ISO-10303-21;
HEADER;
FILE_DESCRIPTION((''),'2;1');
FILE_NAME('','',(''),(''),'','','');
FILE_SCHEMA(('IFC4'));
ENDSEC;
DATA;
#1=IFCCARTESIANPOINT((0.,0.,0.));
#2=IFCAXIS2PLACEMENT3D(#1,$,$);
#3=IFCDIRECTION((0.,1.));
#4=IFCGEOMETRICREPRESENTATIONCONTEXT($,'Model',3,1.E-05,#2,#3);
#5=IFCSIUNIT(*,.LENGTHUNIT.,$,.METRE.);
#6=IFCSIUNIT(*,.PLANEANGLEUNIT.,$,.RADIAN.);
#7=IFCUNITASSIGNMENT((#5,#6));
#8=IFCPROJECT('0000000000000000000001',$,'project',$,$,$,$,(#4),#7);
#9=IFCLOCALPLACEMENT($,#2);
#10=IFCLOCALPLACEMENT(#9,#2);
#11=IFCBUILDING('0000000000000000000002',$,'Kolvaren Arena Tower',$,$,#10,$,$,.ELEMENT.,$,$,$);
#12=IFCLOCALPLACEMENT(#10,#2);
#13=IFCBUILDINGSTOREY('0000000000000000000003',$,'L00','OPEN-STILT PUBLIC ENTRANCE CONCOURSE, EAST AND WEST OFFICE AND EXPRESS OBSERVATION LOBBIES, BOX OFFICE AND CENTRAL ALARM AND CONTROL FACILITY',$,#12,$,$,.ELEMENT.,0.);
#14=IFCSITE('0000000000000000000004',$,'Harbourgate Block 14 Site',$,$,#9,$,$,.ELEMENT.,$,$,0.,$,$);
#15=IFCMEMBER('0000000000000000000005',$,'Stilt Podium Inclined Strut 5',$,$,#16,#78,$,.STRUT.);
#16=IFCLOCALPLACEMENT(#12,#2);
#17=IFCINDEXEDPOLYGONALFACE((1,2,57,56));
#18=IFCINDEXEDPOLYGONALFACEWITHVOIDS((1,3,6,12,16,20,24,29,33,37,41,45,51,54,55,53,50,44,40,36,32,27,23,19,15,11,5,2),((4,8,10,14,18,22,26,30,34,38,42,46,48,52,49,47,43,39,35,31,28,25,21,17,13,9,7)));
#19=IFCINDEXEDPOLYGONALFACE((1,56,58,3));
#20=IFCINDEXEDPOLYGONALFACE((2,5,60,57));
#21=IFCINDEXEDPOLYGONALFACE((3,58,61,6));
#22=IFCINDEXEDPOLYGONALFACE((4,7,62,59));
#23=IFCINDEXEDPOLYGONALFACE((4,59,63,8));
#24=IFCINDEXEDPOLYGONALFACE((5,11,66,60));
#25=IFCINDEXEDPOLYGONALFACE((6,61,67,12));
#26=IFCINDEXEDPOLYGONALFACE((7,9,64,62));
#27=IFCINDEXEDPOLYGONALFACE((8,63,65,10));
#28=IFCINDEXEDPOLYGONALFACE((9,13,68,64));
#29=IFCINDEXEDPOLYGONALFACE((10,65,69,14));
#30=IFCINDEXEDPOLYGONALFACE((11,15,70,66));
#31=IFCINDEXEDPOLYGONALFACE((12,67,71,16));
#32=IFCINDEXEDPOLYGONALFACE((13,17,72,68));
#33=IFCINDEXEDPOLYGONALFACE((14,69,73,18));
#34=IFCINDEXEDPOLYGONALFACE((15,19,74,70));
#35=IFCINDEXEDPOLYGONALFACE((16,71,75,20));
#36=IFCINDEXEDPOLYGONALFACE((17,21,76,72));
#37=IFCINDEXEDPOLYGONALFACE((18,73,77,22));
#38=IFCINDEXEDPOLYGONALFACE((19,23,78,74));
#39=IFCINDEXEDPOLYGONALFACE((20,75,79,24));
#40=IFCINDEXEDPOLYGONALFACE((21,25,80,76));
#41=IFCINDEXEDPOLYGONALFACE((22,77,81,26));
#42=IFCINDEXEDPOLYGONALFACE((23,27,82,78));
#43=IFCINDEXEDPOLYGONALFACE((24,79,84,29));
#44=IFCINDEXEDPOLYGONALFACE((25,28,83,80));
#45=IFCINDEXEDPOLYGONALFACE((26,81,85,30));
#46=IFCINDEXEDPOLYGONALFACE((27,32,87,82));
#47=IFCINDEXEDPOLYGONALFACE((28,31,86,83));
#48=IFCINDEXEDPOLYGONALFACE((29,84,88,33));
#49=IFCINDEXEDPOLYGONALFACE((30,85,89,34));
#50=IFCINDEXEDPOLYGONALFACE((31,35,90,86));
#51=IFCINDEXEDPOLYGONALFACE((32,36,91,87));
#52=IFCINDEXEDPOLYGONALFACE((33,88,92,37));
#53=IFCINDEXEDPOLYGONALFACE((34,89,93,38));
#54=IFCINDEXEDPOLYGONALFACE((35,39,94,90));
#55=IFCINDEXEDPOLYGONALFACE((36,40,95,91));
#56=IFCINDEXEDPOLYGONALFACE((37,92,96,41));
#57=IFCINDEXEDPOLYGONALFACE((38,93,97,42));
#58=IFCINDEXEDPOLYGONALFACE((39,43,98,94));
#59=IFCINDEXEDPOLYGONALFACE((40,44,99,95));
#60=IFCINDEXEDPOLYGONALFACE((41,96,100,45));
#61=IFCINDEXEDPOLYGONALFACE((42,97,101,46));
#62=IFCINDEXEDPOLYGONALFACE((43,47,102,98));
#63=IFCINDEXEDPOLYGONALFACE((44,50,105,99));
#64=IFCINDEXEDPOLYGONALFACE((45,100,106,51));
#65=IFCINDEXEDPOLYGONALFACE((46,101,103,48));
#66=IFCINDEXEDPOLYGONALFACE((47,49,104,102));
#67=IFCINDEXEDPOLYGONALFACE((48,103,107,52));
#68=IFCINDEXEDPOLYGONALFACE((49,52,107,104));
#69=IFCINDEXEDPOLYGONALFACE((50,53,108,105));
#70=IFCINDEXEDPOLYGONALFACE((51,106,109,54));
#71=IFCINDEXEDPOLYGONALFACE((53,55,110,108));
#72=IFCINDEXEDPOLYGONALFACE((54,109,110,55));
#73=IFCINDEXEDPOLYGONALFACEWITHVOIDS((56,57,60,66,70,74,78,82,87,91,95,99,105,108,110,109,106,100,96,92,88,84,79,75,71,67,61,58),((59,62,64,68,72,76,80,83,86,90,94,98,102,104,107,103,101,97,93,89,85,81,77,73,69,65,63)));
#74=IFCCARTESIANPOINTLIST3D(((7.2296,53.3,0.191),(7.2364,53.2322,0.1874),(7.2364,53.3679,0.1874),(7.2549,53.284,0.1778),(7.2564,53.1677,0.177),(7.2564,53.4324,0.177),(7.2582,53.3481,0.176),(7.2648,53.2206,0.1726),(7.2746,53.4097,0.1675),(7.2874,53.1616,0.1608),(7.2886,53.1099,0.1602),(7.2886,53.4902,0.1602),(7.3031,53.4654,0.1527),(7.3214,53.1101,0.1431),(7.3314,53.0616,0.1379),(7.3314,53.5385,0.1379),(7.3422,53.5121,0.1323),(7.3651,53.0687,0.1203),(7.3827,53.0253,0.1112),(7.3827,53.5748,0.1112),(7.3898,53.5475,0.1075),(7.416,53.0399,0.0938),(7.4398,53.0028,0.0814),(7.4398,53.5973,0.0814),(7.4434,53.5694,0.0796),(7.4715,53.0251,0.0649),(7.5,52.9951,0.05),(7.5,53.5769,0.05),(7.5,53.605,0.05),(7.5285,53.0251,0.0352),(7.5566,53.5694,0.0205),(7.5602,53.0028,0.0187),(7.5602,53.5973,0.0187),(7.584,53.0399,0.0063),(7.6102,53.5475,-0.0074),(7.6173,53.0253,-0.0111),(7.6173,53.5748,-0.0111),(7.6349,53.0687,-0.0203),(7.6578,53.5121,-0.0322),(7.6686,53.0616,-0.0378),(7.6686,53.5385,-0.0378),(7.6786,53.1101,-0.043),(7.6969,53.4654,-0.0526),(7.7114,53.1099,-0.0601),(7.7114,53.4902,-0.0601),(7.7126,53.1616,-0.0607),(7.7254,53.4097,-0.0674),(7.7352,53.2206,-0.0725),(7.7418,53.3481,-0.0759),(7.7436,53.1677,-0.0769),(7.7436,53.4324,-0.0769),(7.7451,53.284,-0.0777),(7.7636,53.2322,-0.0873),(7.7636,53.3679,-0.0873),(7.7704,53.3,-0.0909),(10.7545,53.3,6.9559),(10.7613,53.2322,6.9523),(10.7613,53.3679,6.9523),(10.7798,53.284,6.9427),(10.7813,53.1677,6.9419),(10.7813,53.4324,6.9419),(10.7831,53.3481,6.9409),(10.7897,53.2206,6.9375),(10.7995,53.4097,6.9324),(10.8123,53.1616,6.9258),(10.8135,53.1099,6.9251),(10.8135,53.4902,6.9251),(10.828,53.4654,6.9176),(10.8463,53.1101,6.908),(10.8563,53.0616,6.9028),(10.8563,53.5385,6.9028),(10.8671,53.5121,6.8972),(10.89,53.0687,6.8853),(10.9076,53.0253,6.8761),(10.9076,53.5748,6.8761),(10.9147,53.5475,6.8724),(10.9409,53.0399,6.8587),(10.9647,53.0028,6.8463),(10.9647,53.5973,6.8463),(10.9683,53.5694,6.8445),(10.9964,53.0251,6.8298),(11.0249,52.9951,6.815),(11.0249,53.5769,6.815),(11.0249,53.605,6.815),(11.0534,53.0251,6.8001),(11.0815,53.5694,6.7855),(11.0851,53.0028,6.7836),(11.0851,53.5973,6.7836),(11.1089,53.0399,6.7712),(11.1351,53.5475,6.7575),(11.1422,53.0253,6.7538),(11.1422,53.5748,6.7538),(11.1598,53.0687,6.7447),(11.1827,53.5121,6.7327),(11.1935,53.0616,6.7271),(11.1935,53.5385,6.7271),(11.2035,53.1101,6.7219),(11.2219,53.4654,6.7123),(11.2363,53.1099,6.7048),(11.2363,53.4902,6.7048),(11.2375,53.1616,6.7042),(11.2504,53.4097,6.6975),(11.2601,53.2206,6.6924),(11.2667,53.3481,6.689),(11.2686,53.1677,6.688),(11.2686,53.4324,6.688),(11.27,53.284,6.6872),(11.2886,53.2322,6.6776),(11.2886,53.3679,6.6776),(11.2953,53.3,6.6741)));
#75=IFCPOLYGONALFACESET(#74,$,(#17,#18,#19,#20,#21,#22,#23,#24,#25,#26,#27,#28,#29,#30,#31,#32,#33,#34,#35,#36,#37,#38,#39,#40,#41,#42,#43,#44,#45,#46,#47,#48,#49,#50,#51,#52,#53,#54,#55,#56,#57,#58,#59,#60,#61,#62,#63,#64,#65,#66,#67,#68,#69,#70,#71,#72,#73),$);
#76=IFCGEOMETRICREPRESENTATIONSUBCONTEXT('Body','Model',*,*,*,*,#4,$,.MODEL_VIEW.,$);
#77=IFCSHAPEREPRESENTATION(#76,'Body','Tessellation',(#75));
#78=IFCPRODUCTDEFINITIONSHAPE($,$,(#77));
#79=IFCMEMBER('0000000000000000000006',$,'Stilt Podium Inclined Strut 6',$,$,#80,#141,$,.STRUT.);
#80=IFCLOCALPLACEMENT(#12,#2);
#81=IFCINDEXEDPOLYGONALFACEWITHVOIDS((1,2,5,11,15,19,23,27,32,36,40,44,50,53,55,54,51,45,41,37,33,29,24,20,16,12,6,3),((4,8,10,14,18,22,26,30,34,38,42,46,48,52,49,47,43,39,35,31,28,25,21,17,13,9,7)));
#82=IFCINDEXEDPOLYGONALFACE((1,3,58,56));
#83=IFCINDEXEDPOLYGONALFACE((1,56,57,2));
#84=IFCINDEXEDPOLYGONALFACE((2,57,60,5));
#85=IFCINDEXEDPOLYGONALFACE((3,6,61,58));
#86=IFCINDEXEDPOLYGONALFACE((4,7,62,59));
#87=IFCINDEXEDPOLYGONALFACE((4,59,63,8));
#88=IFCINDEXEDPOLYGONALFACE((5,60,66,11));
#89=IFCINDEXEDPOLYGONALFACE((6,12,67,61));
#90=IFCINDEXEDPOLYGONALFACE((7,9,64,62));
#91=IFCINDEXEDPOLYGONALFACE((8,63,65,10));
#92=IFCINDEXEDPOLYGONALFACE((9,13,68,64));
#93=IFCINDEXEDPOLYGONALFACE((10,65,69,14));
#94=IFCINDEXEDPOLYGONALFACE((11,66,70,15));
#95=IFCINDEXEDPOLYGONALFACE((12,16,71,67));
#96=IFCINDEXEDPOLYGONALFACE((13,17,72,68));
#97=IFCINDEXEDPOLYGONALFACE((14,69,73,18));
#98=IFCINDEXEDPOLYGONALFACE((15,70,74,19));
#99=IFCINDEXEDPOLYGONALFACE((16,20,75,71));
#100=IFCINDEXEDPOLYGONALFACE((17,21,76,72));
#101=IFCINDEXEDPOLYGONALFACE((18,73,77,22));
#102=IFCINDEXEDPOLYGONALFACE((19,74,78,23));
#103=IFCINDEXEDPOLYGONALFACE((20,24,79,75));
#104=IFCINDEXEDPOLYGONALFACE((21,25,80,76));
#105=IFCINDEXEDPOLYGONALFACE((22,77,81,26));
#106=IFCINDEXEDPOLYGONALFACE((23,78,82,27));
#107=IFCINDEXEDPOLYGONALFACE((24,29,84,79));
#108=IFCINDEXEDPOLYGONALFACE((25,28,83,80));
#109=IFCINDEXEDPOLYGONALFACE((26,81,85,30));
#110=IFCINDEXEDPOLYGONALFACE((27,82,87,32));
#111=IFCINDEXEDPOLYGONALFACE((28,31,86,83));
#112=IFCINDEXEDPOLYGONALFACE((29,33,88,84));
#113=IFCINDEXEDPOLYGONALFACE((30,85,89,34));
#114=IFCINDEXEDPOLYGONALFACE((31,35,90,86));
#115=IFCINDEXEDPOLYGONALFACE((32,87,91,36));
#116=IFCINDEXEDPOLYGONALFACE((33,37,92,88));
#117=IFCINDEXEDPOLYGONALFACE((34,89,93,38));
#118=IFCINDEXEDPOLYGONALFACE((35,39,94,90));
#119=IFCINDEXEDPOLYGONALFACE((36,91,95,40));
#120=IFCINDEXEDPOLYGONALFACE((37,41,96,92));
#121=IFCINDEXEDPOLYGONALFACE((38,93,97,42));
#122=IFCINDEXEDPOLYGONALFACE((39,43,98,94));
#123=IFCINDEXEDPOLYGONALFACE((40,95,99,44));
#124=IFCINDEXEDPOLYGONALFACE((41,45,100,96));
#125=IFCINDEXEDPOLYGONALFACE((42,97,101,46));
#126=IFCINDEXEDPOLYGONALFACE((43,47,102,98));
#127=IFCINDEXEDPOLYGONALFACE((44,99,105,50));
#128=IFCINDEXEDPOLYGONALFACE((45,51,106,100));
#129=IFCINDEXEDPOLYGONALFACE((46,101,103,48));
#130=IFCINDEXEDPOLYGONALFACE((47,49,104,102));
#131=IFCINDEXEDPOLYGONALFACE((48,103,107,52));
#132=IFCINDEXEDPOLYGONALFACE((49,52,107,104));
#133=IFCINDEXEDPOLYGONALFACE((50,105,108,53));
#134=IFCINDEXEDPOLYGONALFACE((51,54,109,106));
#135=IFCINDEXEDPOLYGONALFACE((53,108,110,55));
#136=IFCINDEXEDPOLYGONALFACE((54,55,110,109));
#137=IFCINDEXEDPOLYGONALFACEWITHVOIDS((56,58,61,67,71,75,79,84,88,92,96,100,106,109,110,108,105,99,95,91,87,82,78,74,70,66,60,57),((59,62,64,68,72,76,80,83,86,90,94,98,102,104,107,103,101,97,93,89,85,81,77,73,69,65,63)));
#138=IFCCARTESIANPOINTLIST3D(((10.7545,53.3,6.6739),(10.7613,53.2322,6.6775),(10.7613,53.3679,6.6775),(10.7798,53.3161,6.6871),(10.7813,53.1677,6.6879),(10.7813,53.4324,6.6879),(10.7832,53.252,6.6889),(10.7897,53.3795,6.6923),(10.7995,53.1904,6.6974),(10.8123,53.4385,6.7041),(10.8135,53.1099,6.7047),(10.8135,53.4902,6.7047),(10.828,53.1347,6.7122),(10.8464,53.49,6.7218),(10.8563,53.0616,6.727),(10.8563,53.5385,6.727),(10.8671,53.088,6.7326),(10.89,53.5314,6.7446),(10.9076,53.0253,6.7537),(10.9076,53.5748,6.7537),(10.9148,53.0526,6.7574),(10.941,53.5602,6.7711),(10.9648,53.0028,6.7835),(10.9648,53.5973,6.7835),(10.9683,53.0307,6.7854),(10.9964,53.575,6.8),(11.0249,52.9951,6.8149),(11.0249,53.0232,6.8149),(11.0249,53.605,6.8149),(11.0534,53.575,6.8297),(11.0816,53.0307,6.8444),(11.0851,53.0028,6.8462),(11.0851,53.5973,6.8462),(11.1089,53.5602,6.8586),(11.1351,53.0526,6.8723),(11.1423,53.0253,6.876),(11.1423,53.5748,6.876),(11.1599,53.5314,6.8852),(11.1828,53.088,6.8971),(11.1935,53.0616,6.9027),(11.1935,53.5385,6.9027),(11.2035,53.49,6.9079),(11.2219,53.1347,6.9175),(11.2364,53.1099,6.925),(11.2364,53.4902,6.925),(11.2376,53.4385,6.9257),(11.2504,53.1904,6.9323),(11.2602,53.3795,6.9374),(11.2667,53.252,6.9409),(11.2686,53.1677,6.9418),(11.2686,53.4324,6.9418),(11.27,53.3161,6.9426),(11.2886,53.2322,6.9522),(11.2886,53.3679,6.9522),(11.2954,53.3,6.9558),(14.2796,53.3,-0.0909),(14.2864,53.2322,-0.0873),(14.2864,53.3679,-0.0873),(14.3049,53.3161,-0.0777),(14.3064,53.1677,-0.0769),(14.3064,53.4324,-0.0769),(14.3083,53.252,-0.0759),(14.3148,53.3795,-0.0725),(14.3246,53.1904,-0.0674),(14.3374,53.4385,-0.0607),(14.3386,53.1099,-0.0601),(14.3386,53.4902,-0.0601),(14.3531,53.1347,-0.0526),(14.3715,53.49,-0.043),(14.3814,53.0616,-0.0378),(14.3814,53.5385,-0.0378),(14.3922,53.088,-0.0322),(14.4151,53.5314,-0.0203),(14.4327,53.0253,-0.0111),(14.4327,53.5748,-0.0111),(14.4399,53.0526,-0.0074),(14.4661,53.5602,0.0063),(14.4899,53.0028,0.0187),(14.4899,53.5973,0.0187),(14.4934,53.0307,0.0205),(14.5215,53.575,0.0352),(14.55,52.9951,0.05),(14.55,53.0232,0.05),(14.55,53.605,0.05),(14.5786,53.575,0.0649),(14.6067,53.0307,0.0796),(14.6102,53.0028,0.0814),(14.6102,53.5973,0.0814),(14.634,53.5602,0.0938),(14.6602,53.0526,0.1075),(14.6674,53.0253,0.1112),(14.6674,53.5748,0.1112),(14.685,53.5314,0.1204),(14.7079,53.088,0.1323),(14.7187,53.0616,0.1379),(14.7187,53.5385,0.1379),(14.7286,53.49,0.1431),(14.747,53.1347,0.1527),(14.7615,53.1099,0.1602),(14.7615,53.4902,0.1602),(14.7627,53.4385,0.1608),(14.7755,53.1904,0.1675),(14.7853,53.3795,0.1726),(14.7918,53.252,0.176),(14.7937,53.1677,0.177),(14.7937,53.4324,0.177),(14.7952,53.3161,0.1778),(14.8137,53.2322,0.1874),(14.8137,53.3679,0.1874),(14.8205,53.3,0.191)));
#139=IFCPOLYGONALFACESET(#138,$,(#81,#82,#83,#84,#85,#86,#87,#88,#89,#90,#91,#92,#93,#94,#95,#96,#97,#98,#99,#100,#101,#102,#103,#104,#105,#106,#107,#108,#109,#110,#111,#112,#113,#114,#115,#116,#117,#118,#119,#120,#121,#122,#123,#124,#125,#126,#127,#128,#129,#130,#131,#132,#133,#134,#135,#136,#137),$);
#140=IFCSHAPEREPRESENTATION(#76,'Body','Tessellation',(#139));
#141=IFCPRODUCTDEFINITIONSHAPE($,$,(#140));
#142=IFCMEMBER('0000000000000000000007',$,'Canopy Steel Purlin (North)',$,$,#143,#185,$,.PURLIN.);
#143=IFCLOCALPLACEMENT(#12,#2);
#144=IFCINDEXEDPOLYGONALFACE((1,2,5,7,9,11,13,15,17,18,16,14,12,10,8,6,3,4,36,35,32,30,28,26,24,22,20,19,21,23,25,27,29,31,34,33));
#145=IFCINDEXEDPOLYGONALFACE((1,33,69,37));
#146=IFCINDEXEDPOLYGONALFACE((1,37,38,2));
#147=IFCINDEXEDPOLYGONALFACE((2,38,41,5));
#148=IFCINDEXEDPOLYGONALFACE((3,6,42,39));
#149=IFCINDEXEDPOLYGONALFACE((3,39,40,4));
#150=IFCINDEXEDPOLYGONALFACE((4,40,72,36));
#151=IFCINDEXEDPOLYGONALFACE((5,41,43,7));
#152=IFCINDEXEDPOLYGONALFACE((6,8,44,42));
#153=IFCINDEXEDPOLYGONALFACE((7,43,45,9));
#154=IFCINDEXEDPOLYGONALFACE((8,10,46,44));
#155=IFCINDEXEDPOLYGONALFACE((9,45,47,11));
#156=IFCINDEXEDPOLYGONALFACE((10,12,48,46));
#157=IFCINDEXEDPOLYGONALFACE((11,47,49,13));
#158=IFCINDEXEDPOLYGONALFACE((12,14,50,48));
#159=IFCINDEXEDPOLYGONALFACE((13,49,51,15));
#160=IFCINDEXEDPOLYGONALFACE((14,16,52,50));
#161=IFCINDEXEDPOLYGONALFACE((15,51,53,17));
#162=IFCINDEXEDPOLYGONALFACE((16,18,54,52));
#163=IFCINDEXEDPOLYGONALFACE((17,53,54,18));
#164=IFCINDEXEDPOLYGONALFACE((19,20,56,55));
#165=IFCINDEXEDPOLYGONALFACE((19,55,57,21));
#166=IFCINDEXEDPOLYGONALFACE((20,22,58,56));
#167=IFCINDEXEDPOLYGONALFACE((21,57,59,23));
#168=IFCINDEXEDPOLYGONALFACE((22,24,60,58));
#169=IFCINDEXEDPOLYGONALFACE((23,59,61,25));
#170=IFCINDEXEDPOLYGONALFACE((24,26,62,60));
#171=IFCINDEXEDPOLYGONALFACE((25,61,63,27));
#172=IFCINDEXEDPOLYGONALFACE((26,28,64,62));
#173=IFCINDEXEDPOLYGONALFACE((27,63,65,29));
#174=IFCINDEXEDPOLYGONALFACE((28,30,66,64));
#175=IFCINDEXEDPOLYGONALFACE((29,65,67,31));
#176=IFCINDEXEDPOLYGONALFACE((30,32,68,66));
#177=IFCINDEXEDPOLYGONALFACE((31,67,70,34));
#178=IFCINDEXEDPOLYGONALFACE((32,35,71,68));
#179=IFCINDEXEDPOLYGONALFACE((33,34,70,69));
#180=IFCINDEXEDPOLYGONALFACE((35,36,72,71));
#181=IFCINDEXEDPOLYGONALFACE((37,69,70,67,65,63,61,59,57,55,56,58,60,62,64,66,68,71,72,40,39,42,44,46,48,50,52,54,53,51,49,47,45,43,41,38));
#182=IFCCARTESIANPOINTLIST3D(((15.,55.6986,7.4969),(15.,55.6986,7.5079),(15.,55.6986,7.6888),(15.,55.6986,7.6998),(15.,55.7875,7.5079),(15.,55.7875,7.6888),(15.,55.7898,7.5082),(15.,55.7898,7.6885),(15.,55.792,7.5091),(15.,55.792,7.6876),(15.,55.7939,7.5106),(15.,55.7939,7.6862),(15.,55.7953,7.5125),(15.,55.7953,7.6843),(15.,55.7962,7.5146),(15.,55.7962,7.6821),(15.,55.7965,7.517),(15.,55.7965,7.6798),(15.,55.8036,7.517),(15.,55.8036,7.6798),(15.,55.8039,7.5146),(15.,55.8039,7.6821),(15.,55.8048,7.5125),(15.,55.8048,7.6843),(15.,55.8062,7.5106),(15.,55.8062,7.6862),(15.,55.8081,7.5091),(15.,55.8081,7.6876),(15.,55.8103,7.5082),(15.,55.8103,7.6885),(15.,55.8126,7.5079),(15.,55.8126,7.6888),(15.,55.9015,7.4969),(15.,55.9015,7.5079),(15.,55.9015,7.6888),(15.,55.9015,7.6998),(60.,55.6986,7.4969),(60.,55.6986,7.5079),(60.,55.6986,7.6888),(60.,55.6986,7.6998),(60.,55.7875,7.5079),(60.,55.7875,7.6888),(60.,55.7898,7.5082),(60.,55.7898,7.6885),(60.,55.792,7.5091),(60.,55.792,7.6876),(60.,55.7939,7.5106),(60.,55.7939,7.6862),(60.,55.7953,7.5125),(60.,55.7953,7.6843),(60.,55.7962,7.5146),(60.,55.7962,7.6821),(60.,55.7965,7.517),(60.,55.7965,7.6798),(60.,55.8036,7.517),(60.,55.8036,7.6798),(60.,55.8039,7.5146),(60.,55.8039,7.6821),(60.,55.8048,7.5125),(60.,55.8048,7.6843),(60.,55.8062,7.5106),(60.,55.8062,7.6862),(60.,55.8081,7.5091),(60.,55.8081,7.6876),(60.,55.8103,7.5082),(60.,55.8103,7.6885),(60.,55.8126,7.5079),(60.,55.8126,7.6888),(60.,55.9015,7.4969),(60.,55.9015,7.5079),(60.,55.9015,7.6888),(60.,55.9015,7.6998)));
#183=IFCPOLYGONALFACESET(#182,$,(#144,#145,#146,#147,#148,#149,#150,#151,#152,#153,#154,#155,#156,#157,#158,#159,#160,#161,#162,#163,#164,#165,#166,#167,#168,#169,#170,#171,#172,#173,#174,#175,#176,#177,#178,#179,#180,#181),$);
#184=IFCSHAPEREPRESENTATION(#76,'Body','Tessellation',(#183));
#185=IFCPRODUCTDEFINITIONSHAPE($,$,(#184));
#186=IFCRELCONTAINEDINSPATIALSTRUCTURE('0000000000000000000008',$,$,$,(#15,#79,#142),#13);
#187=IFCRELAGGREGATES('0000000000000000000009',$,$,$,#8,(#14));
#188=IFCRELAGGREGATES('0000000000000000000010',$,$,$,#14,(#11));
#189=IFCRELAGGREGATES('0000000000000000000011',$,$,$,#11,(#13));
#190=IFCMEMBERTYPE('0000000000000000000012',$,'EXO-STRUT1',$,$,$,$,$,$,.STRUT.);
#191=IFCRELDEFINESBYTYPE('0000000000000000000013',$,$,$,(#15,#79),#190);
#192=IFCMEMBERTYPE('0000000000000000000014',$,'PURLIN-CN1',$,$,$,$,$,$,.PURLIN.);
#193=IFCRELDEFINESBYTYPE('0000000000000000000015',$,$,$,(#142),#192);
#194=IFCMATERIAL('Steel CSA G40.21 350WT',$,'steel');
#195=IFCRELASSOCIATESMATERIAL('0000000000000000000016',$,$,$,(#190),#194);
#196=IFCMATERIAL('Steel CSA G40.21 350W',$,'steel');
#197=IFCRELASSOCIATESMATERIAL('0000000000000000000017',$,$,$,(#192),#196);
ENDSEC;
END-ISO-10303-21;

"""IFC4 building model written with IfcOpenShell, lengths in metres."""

from ifc_helpers import new_model, si_unit, direction, frame, origin, origin_2d, place, context, subcontext, project, spatial, hollow_circle, i_section, extrude, material, material_profile, profile_set, type_object, element, save


model = new_model("IFC4")

# Units and contexts
model_context = context("Model", 3, precision=1e-05, world=origin(), true_north=direction((0.0, 1.0)))
body_context = subcontext(model_context, "Body", "Model", "MODEL_VIEW")
ifc_project = project(units=[si_unit("LENGTHUNIT", "METRE"), si_unit("PLANEANGLEUNIT", "RADIAN")], contexts=[model_context])

# Site, building, storey
site_placement = place(None, origin())
site = spatial("IfcSite", under=ifc_project, at=site_placement, Name="Harbourgate Block 14 Site", CompositionType="ELEMENT", RefElevation=0.0)
building_placement = place(site_placement, origin())
building = spatial("IfcBuilding", under=site, at=building_placement, Name="Kolvaren Arena Tower", CompositionType="ELEMENT")
storey_placement = place(building_placement, origin())
storey = spatial("IfcBuildingStorey", under=building, at=storey_placement, Name="L00", Description="OPEN-STILT PUBLIC ENTRANCE CONCOURSE, EAST AND WEST OFFICE AND EXPRESS OBSERVATION LOBBIES, BOX OFFICE AND CENTRAL ALARM AND CONTROL FACILITY", CompositionType="ELEMENT", Elevation=0.0)

# Members
ifc_material_1 = material(Name="Steel CSA G40.21 350WT", Category="steel")
ifc_material_profile_1 = material_profile(ifc_material_1, hollow_circle(Radius=0.3049, WallThickness=0.0281, at=origin_2d()), Name="CHS 610x28")
ifc_profile_set_1 = profile_set([ifc_material_profile_1], Name="Steel CSA G40.21 350WT")
member_type_1 = type_object("IfcMemberType", Name="EXO-STRUT1", PredefinedType="STRUT", material=ifc_profile_set_1)
for number, where, z_axis, x_axis, name in (
    (1, (7.5, 53.3, 0.05), (0.462091, 0.0, 0.886832), (0.0, 1.0, 0.0), "Stilt Podium Inclined Strut 5"),
    (2, (14.55, 53.3, 0.05), (-0.462116, 0.0, 0.886819), (0.0, -1.0, 0.0), "Stilt Podium Inclined Strut 6"),
):
    element("IfcMember", number, at=place(storey_placement, frame(where, z_axis=z_axis, x_axis=x_axis)), inside=storey, type_object=member_type_1, Name=name, PredefinedType="STRUT", context=body_context, shape_type="SweptSolid", body=[
        extrude(hollow_circle(Radius=0.3049, WallThickness=0.0281, at=origin_2d()), origin(), (0.0, 0.0, 1.0), 7.6282),
    ])
ifc_material_2 = material(Name="Steel CSA G40.21 350W", Category="steel")
ifc_material_profile_2 = material_profile(ifc_material_2, i_section(OverallWidth=0.2029, OverallDepth=0.2029, WebThickness=0.0071, FlangeThickness=0.011, FilletRadius=0.009, at=origin_2d()), Name="W200x46")
ifc_profile_set_2 = profile_set([ifc_material_profile_2], Name="Steel CSA G40.21 350W")
member_type_2 = type_object("IfcMemberType", Name="PURLIN-CN1", PredefinedType="PURLIN", material=ifc_profile_set_2)
for number, where, z_axis, x_axis, name in (
    (3, (15.0, 55.8, 7.5984), (1.0, 0.0, 0.0), (0.0, 1.0, 0.0), "Canopy Steel Purlin (North)"),
):
    element("IfcMember", number, at=place(storey_placement, frame(where, z_axis=z_axis, x_axis=x_axis)), inside=storey, type_object=member_type_2, Name=name, PredefinedType="PURLIN", context=body_context, shape_type="SweptSolid", body=[
        extrude(i_section(OverallWidth=0.2029, OverallDepth=0.2029, WebThickness=0.0071, FlangeThickness=0.011, FilletRadius=0.009, at=origin_2d()), origin(), (0.0, 0.0, 1.0), 45.0),
    ])

save(model, "model.ifc")
